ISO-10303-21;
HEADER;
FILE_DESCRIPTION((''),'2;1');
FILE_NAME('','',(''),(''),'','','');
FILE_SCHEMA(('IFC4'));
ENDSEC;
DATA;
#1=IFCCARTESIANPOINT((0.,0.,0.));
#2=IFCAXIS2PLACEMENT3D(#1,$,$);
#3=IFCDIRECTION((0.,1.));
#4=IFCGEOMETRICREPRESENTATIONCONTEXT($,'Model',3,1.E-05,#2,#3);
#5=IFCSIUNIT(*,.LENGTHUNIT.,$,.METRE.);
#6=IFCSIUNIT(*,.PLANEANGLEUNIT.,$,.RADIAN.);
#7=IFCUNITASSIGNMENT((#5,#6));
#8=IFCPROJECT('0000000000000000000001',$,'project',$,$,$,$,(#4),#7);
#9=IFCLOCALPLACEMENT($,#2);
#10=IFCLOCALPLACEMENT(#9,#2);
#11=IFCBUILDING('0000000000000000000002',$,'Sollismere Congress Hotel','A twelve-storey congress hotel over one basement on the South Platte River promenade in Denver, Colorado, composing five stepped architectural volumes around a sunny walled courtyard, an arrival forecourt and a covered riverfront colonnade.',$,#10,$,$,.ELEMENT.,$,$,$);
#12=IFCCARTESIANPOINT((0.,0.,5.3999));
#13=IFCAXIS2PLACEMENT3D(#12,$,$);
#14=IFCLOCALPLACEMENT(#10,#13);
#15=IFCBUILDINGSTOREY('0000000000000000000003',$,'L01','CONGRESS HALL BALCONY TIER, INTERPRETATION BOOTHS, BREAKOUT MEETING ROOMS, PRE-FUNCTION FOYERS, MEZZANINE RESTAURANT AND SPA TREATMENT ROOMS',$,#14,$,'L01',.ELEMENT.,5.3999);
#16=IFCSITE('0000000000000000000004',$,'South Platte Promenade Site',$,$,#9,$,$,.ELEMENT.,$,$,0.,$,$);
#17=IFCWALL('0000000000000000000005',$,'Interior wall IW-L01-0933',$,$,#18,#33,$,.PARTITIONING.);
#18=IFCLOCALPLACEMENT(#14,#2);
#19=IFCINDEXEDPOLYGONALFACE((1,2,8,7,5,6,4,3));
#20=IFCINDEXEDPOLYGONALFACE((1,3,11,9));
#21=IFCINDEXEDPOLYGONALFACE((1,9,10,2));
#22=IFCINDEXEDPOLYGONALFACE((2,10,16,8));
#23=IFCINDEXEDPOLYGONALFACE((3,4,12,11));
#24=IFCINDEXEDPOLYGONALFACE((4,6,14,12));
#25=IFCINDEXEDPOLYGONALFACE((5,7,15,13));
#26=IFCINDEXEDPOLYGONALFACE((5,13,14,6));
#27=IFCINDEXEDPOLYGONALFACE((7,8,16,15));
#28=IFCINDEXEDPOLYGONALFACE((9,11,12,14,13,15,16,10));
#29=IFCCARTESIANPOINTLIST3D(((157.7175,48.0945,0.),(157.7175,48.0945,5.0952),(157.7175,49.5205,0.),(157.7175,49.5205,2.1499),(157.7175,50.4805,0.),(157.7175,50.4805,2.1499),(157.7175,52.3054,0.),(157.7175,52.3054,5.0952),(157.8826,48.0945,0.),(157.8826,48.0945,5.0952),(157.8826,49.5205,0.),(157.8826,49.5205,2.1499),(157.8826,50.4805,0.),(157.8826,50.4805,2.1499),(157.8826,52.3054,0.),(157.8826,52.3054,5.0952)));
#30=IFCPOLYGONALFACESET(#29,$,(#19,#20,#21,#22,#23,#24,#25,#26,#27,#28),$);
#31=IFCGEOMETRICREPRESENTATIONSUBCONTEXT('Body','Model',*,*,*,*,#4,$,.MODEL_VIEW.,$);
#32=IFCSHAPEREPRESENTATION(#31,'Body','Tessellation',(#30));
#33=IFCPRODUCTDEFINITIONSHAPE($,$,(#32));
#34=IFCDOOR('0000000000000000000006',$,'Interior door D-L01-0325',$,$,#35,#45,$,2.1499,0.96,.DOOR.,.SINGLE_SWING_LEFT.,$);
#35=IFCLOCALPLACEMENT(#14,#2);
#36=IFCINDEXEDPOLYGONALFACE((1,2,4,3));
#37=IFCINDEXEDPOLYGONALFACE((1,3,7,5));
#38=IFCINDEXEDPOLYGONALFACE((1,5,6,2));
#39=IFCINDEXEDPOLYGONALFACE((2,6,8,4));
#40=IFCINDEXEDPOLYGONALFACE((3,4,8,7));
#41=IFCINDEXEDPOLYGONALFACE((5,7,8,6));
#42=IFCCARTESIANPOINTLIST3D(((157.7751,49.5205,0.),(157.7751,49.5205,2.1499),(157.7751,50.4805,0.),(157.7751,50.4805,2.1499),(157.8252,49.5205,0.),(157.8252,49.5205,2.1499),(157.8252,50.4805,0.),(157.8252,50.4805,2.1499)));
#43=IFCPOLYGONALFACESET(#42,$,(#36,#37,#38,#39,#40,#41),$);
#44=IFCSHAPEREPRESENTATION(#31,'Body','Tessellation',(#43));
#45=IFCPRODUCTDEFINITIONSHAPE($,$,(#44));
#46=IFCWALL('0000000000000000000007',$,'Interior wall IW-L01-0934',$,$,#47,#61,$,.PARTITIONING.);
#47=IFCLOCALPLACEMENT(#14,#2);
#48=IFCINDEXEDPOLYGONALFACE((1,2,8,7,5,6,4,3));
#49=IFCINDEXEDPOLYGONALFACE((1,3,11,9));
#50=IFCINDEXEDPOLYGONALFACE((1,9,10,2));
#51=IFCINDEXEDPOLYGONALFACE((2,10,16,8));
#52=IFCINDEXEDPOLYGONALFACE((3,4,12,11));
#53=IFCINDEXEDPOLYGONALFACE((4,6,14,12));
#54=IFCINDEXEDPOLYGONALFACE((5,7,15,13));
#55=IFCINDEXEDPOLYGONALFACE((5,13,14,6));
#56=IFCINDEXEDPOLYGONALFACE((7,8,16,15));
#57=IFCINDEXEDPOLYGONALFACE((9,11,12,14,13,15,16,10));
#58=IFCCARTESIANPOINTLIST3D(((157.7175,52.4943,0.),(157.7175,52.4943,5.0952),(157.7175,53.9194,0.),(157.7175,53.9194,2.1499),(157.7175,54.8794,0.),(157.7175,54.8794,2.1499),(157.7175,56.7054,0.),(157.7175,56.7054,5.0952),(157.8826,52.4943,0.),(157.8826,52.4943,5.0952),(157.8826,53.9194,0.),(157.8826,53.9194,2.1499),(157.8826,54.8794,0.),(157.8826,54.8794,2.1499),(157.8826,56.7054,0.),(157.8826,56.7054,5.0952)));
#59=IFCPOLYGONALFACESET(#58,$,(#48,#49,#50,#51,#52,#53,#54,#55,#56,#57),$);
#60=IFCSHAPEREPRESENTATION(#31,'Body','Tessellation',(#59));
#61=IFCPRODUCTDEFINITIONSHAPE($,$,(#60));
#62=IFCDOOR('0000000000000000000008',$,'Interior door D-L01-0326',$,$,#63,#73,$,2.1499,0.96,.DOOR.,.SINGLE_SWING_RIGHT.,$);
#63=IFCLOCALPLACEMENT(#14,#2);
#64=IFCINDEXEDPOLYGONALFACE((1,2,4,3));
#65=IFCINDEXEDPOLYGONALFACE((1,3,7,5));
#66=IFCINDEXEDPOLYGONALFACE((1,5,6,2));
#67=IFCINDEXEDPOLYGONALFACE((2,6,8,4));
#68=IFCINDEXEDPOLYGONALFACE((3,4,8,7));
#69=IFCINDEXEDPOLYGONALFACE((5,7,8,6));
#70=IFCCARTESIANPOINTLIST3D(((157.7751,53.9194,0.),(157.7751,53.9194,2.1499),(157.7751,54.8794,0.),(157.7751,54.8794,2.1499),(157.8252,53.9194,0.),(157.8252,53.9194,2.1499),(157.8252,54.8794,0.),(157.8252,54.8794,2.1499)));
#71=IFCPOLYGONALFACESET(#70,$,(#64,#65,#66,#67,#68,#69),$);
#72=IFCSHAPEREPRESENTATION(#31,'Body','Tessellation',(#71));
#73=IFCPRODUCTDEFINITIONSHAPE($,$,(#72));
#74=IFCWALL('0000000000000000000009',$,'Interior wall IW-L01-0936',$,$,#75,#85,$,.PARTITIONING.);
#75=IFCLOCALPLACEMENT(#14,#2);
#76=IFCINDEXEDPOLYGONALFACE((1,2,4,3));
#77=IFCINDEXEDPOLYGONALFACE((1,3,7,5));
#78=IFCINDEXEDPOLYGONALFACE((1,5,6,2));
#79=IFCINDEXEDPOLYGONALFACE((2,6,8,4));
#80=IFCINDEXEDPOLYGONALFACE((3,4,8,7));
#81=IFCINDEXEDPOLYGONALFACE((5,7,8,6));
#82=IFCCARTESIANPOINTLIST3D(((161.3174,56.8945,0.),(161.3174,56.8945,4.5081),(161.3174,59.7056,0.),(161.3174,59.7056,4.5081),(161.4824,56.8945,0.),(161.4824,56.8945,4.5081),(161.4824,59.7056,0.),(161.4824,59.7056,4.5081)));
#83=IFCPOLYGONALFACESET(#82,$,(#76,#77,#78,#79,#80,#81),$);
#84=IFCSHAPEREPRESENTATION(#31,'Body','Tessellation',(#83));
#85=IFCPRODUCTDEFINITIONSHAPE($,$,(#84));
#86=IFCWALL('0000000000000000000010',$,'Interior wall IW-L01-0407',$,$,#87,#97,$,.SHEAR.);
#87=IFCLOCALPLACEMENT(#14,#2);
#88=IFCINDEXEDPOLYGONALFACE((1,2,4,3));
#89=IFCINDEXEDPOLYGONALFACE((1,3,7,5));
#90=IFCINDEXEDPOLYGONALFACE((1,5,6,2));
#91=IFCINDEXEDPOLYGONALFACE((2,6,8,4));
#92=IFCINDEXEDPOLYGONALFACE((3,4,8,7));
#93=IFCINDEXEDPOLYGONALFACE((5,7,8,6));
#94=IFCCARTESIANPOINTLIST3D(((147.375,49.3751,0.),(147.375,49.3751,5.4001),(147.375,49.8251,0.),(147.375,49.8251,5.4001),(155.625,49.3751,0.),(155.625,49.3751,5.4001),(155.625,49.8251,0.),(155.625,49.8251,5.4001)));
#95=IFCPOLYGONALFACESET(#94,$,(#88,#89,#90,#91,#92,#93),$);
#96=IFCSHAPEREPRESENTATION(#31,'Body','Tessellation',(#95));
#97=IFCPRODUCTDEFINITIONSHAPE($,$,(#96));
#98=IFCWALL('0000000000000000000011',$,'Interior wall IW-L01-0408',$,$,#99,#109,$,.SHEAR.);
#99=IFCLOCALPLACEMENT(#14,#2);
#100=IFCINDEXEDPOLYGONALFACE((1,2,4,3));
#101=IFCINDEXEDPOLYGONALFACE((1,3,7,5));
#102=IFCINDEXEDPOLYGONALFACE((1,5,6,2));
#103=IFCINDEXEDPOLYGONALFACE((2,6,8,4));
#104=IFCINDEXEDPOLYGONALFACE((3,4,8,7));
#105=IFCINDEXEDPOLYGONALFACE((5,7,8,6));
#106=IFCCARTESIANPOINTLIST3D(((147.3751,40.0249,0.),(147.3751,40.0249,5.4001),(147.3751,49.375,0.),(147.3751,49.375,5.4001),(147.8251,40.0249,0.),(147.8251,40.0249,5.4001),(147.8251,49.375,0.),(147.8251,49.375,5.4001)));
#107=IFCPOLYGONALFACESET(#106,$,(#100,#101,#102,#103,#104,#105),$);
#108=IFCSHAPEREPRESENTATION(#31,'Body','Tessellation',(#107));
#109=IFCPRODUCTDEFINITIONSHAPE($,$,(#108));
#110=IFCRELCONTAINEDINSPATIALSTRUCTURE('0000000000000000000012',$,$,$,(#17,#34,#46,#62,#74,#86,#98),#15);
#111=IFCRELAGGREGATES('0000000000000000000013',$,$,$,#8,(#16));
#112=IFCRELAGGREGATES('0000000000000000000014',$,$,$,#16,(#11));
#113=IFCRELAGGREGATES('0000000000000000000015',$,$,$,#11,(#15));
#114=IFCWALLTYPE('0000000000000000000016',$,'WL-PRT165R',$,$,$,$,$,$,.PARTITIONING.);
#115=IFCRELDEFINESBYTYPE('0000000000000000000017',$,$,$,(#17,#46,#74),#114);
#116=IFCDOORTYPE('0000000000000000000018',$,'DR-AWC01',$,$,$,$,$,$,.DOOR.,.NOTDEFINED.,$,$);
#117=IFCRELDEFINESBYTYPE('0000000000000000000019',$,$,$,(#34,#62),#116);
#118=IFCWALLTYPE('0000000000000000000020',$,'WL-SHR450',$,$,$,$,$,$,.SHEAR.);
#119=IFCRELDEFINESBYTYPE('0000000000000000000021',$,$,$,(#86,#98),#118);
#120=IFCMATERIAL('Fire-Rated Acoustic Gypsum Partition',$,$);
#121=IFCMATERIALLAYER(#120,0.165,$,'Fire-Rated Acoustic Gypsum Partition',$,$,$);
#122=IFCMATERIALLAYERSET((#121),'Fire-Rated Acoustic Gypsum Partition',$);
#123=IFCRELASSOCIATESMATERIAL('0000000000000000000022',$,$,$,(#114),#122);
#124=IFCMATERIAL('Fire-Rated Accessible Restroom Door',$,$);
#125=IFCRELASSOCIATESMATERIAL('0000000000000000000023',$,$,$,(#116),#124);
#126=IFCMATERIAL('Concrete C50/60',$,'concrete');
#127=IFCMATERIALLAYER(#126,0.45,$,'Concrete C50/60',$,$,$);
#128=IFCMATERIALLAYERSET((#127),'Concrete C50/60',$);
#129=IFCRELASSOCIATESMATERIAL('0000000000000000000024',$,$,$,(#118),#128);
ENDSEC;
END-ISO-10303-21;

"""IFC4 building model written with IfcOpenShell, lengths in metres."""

from ifc_helpers import new_model, si_unit, direction, frame, frame_2d, origin, place, context, subcontext, project, spatial, rectangle, extrude, material, layer, layer_set, type_object, element, fill, save


model = new_model("IFC4")

# Units and contexts
model_context = context("Model", 3, precision=1e-05, world=origin(), true_north=direction((0.0, 1.0)))
body_context = subcontext(model_context, "Body", "Model", "MODEL_VIEW")
ifc_project = project(units=[si_unit("LENGTHUNIT", "METRE"), si_unit("PLANEANGLEUNIT", "RADIAN")], contexts=[model_context])

# Site, building, storey
site_placement = place(None, origin())
site = spatial("IfcSite", under=ifc_project, at=site_placement, Name="South Platte Promenade Site", CompositionType="ELEMENT", RefElevation=0.0)
building_placement = place(site_placement, origin())
building = spatial("IfcBuilding", under=site, at=building_placement, Name="Sollismere Congress Hotel", Description="A twelve-storey congress hotel over one basement on the South Platte River promenade in Denver, Colorado, composing five stepped architectural volumes around a sunny walled courtyard, an arrival forecourt and a covered riverfront colonnade.", CompositionType="ELEMENT")
storey_placement = place(building_placement, frame((0.0, 0.0, 5.3999)))
storey = spatial("IfcBuildingStorey", under=building, at=storey_placement, Name="L01", Description="CONGRESS HALL BALCONY TIER, INTERPRETATION BOOTHS, BREAKOUT MEETING ROOMS, PRE-FUNCTION FOYERS, MEZZANINE RESTAURANT AND SPA TREATMENT ROOMS", LongName="L01", CompositionType="ELEMENT", Elevation=5.3999)

# Shared definitions
ifc_material_1 = material(Name="Fire-Rated Acoustic Gypsum Partition")
ifc_layer_1 = layer(ifc_material_1, 0.165, Name="Fire-Rated Acoustic Gypsum Partition")
ifc_layer_set_1 = layer_set([ifc_layer_1], Name="Fire-Rated Acoustic Gypsum Partition")
wall_type_1 = type_object("IfcWallType", Name="WL-PRT165R", PredefinedType="PARTITIONING", material=ifc_layer_set_1)

# Walls, openings, doors
wall_1_placement = place(storey_placement, frame((157.8, 48.0945, 0.0), z_axis=(0.0, 0.0, 1.0), x_axis=(0.0, 1.0, 0.0)))
wall_1 = element("IfcWall", 1, at=wall_1_placement, inside=storey, type_object=wall_type_1, Name="Interior wall IW-L01-0933", PredefinedType="PARTITIONING", context=body_context, shape_type="SweptSolid", body=[
    extrude(rectangle(XDim=4.2109, YDim=0.165, at=frame_2d((2.1055, 0.0))), origin(), (0.0, 0.0, 1.0), 5.0952),
])
opening_1_placement = place(wall_1_placement, frame((1.426, 0.0, 0.0)))
opening_1 = element("IfcOpeningElement", 2, at=opening_1_placement, cuts=wall_1, PredefinedType="OPENING", context=body_context, shape_type="SweptSolid", body=[
    extrude(rectangle(XDim=0.96, YDim=2.1499, at=frame_2d((0.48, 1.075))), frame((0.0, 0.0925, 0.0), z_axis=(0.0, -1.0, 0.0), x_axis=(1.0, 0.0, 0.0)), (0.0, 0.0, 1.0), 0.1851),
])
ifc_material_2 = material(Name="Fire-Rated Accessible Restroom Door")
door_type = type_object("IfcDoorType", Name="DR-AWC01", OperationType="NOTDEFINED", PredefinedType="DOOR", material=ifc_material_2)
door_1_placement = place(opening_1_placement, origin())
door_1 = element("IfcDoor", 3, at=door_1_placement, inside=storey, type_object=door_type, Name="Interior door D-L01-0325", OperationType="SINGLE_SWING_LEFT", OverallHeight=2.1499, OverallWidth=0.96, PredefinedType="DOOR", context=body_context, shape_type="SweptSolid", body=[
    extrude(rectangle(XDim=0.96, YDim=2.1499, at=frame_2d((0.48, 1.075))), frame((0.0, 0.0249, 0.0), z_axis=(0.0, -1.0, 0.0), x_axis=(1.0, 0.0, 0.0)), (0.0, 0.0, 1.0), 0.05),
])
fill(opening_1, door_1)
wall_2_placement = place(storey_placement, frame((157.8, 52.4944, 0.0), z_axis=(0.0, 0.0, 1.0), x_axis=(0.0, 1.0, 0.0)))
wall_2 = element("IfcWall", 4, at=wall_2_placement, inside=storey, type_object=wall_type_1, Name="Interior wall IW-L01-0934", PredefinedType="PARTITIONING", context=body_context, shape_type="SweptSolid", body=[
    extrude(rectangle(XDim=4.2112, YDim=0.165, at=frame_2d((2.1055, 0.0))), origin(), (0.0, 0.0, 1.0), 5.0952),
])
opening_2_placement = place(wall_2_placement, frame((1.425, 0.0, 0.0)))
opening_2 = element("IfcOpeningElement", 5, at=opening_2_placement, cuts=wall_2, PredefinedType="OPENING", context=body_context, shape_type="SweptSolid", body=[
    extrude(rectangle(XDim=0.96, YDim=2.1499, at=frame_2d((0.48, 1.075))), frame((0.0, 0.0925, 0.0), z_axis=(0.0, -1.0, 0.0), x_axis=(1.0, 0.0, 0.0)), (0.0, 0.0, 1.0), 0.1851),
])
door_2_placement = place(opening_2_placement, origin())
door_2 = element("IfcDoor", 6, at=door_2_placement, inside=storey, type_object=door_type, Name="Interior door D-L01-0326", OperationType="SINGLE_SWING_RIGHT", OverallHeight=2.1499, OverallWidth=0.96, PredefinedType="DOOR", context=body_context, shape_type="SweptSolid", body=[
    extrude(rectangle(XDim=0.96, YDim=2.1499, at=frame_2d((0.48, 1.075))), frame((0.0, 0.0249, 0.0), z_axis=(0.0, -1.0, 0.0), x_axis=(1.0, 0.0, 0.0)), (0.0, 0.0, 1.0), 0.05),
])
fill(opening_2, door_2)

# Walls
wall_3_placement = place(storey_placement, frame((161.3999, 56.8945, 0.0), z_axis=(0.0, 0.0, 1.0), x_axis=(0.0, 1.0, 0.0)))
element("IfcWall", 7, at=wall_3_placement, inside=storey, type_object=wall_type_1, Name="Interior wall IW-L01-0936", PredefinedType="PARTITIONING", context=body_context, shape_type="SweptSolid", body=[
    extrude(rectangle(XDim=2.811, YDim=0.165, at=frame_2d((1.4055, 0.0))), origin(), (0.0, 0.0, 1.0), 4.5081),
])
ifc_material_3 = material(Name="Concrete C50/60", Category="concrete")
ifc_layer_2 = layer(ifc_material_3, 0.45, Name="Concrete C50/60")
ifc_layer_set_2 = layer_set([ifc_layer_2], Name="Concrete C50/60")
wall_type_2 = type_object("IfcWallType", Name="WL-SHR450", PredefinedType="SHEAR", material=ifc_layer_set_2)
wall_4_placement = place(storey_placement, frame((155.625, 49.6001, 0.0), z_axis=(0.0, 0.0, 1.0), x_axis=(-1.0, 0.0, 0.0)))
element("IfcWall", 8, at=wall_4_placement, inside=storey, type_object=wall_type_2, Name="Interior wall IW-L01-0407", PredefinedType="SHEAR", context=body_context, shape_type="SweptSolid", body=[
    extrude(rectangle(XDim=8.25, YDim=0.45, at=frame_2d((4.125, 0.0))), origin(), (0.0, 0.0, 1.0), 5.4001),
])
wall_5_placement = place(storey_placement, frame((147.6001, 49.375, 0.0), z_axis=(0.0, 0.0, 1.0), x_axis=(0.0, -1.0, 0.0)))
element("IfcWall", 9, at=wall_5_placement, inside=storey, type_object=wall_type_2, Name="Interior wall IW-L01-0408", PredefinedType="SHEAR", context=body_context, shape_type="SweptSolid", body=[
    extrude(rectangle(XDim=9.3501, YDim=0.45, at=frame_2d((4.675, 0.0))), origin(), (0.0, 0.0, 1.0), 5.4001),
])

save(model, "model.ifc")
